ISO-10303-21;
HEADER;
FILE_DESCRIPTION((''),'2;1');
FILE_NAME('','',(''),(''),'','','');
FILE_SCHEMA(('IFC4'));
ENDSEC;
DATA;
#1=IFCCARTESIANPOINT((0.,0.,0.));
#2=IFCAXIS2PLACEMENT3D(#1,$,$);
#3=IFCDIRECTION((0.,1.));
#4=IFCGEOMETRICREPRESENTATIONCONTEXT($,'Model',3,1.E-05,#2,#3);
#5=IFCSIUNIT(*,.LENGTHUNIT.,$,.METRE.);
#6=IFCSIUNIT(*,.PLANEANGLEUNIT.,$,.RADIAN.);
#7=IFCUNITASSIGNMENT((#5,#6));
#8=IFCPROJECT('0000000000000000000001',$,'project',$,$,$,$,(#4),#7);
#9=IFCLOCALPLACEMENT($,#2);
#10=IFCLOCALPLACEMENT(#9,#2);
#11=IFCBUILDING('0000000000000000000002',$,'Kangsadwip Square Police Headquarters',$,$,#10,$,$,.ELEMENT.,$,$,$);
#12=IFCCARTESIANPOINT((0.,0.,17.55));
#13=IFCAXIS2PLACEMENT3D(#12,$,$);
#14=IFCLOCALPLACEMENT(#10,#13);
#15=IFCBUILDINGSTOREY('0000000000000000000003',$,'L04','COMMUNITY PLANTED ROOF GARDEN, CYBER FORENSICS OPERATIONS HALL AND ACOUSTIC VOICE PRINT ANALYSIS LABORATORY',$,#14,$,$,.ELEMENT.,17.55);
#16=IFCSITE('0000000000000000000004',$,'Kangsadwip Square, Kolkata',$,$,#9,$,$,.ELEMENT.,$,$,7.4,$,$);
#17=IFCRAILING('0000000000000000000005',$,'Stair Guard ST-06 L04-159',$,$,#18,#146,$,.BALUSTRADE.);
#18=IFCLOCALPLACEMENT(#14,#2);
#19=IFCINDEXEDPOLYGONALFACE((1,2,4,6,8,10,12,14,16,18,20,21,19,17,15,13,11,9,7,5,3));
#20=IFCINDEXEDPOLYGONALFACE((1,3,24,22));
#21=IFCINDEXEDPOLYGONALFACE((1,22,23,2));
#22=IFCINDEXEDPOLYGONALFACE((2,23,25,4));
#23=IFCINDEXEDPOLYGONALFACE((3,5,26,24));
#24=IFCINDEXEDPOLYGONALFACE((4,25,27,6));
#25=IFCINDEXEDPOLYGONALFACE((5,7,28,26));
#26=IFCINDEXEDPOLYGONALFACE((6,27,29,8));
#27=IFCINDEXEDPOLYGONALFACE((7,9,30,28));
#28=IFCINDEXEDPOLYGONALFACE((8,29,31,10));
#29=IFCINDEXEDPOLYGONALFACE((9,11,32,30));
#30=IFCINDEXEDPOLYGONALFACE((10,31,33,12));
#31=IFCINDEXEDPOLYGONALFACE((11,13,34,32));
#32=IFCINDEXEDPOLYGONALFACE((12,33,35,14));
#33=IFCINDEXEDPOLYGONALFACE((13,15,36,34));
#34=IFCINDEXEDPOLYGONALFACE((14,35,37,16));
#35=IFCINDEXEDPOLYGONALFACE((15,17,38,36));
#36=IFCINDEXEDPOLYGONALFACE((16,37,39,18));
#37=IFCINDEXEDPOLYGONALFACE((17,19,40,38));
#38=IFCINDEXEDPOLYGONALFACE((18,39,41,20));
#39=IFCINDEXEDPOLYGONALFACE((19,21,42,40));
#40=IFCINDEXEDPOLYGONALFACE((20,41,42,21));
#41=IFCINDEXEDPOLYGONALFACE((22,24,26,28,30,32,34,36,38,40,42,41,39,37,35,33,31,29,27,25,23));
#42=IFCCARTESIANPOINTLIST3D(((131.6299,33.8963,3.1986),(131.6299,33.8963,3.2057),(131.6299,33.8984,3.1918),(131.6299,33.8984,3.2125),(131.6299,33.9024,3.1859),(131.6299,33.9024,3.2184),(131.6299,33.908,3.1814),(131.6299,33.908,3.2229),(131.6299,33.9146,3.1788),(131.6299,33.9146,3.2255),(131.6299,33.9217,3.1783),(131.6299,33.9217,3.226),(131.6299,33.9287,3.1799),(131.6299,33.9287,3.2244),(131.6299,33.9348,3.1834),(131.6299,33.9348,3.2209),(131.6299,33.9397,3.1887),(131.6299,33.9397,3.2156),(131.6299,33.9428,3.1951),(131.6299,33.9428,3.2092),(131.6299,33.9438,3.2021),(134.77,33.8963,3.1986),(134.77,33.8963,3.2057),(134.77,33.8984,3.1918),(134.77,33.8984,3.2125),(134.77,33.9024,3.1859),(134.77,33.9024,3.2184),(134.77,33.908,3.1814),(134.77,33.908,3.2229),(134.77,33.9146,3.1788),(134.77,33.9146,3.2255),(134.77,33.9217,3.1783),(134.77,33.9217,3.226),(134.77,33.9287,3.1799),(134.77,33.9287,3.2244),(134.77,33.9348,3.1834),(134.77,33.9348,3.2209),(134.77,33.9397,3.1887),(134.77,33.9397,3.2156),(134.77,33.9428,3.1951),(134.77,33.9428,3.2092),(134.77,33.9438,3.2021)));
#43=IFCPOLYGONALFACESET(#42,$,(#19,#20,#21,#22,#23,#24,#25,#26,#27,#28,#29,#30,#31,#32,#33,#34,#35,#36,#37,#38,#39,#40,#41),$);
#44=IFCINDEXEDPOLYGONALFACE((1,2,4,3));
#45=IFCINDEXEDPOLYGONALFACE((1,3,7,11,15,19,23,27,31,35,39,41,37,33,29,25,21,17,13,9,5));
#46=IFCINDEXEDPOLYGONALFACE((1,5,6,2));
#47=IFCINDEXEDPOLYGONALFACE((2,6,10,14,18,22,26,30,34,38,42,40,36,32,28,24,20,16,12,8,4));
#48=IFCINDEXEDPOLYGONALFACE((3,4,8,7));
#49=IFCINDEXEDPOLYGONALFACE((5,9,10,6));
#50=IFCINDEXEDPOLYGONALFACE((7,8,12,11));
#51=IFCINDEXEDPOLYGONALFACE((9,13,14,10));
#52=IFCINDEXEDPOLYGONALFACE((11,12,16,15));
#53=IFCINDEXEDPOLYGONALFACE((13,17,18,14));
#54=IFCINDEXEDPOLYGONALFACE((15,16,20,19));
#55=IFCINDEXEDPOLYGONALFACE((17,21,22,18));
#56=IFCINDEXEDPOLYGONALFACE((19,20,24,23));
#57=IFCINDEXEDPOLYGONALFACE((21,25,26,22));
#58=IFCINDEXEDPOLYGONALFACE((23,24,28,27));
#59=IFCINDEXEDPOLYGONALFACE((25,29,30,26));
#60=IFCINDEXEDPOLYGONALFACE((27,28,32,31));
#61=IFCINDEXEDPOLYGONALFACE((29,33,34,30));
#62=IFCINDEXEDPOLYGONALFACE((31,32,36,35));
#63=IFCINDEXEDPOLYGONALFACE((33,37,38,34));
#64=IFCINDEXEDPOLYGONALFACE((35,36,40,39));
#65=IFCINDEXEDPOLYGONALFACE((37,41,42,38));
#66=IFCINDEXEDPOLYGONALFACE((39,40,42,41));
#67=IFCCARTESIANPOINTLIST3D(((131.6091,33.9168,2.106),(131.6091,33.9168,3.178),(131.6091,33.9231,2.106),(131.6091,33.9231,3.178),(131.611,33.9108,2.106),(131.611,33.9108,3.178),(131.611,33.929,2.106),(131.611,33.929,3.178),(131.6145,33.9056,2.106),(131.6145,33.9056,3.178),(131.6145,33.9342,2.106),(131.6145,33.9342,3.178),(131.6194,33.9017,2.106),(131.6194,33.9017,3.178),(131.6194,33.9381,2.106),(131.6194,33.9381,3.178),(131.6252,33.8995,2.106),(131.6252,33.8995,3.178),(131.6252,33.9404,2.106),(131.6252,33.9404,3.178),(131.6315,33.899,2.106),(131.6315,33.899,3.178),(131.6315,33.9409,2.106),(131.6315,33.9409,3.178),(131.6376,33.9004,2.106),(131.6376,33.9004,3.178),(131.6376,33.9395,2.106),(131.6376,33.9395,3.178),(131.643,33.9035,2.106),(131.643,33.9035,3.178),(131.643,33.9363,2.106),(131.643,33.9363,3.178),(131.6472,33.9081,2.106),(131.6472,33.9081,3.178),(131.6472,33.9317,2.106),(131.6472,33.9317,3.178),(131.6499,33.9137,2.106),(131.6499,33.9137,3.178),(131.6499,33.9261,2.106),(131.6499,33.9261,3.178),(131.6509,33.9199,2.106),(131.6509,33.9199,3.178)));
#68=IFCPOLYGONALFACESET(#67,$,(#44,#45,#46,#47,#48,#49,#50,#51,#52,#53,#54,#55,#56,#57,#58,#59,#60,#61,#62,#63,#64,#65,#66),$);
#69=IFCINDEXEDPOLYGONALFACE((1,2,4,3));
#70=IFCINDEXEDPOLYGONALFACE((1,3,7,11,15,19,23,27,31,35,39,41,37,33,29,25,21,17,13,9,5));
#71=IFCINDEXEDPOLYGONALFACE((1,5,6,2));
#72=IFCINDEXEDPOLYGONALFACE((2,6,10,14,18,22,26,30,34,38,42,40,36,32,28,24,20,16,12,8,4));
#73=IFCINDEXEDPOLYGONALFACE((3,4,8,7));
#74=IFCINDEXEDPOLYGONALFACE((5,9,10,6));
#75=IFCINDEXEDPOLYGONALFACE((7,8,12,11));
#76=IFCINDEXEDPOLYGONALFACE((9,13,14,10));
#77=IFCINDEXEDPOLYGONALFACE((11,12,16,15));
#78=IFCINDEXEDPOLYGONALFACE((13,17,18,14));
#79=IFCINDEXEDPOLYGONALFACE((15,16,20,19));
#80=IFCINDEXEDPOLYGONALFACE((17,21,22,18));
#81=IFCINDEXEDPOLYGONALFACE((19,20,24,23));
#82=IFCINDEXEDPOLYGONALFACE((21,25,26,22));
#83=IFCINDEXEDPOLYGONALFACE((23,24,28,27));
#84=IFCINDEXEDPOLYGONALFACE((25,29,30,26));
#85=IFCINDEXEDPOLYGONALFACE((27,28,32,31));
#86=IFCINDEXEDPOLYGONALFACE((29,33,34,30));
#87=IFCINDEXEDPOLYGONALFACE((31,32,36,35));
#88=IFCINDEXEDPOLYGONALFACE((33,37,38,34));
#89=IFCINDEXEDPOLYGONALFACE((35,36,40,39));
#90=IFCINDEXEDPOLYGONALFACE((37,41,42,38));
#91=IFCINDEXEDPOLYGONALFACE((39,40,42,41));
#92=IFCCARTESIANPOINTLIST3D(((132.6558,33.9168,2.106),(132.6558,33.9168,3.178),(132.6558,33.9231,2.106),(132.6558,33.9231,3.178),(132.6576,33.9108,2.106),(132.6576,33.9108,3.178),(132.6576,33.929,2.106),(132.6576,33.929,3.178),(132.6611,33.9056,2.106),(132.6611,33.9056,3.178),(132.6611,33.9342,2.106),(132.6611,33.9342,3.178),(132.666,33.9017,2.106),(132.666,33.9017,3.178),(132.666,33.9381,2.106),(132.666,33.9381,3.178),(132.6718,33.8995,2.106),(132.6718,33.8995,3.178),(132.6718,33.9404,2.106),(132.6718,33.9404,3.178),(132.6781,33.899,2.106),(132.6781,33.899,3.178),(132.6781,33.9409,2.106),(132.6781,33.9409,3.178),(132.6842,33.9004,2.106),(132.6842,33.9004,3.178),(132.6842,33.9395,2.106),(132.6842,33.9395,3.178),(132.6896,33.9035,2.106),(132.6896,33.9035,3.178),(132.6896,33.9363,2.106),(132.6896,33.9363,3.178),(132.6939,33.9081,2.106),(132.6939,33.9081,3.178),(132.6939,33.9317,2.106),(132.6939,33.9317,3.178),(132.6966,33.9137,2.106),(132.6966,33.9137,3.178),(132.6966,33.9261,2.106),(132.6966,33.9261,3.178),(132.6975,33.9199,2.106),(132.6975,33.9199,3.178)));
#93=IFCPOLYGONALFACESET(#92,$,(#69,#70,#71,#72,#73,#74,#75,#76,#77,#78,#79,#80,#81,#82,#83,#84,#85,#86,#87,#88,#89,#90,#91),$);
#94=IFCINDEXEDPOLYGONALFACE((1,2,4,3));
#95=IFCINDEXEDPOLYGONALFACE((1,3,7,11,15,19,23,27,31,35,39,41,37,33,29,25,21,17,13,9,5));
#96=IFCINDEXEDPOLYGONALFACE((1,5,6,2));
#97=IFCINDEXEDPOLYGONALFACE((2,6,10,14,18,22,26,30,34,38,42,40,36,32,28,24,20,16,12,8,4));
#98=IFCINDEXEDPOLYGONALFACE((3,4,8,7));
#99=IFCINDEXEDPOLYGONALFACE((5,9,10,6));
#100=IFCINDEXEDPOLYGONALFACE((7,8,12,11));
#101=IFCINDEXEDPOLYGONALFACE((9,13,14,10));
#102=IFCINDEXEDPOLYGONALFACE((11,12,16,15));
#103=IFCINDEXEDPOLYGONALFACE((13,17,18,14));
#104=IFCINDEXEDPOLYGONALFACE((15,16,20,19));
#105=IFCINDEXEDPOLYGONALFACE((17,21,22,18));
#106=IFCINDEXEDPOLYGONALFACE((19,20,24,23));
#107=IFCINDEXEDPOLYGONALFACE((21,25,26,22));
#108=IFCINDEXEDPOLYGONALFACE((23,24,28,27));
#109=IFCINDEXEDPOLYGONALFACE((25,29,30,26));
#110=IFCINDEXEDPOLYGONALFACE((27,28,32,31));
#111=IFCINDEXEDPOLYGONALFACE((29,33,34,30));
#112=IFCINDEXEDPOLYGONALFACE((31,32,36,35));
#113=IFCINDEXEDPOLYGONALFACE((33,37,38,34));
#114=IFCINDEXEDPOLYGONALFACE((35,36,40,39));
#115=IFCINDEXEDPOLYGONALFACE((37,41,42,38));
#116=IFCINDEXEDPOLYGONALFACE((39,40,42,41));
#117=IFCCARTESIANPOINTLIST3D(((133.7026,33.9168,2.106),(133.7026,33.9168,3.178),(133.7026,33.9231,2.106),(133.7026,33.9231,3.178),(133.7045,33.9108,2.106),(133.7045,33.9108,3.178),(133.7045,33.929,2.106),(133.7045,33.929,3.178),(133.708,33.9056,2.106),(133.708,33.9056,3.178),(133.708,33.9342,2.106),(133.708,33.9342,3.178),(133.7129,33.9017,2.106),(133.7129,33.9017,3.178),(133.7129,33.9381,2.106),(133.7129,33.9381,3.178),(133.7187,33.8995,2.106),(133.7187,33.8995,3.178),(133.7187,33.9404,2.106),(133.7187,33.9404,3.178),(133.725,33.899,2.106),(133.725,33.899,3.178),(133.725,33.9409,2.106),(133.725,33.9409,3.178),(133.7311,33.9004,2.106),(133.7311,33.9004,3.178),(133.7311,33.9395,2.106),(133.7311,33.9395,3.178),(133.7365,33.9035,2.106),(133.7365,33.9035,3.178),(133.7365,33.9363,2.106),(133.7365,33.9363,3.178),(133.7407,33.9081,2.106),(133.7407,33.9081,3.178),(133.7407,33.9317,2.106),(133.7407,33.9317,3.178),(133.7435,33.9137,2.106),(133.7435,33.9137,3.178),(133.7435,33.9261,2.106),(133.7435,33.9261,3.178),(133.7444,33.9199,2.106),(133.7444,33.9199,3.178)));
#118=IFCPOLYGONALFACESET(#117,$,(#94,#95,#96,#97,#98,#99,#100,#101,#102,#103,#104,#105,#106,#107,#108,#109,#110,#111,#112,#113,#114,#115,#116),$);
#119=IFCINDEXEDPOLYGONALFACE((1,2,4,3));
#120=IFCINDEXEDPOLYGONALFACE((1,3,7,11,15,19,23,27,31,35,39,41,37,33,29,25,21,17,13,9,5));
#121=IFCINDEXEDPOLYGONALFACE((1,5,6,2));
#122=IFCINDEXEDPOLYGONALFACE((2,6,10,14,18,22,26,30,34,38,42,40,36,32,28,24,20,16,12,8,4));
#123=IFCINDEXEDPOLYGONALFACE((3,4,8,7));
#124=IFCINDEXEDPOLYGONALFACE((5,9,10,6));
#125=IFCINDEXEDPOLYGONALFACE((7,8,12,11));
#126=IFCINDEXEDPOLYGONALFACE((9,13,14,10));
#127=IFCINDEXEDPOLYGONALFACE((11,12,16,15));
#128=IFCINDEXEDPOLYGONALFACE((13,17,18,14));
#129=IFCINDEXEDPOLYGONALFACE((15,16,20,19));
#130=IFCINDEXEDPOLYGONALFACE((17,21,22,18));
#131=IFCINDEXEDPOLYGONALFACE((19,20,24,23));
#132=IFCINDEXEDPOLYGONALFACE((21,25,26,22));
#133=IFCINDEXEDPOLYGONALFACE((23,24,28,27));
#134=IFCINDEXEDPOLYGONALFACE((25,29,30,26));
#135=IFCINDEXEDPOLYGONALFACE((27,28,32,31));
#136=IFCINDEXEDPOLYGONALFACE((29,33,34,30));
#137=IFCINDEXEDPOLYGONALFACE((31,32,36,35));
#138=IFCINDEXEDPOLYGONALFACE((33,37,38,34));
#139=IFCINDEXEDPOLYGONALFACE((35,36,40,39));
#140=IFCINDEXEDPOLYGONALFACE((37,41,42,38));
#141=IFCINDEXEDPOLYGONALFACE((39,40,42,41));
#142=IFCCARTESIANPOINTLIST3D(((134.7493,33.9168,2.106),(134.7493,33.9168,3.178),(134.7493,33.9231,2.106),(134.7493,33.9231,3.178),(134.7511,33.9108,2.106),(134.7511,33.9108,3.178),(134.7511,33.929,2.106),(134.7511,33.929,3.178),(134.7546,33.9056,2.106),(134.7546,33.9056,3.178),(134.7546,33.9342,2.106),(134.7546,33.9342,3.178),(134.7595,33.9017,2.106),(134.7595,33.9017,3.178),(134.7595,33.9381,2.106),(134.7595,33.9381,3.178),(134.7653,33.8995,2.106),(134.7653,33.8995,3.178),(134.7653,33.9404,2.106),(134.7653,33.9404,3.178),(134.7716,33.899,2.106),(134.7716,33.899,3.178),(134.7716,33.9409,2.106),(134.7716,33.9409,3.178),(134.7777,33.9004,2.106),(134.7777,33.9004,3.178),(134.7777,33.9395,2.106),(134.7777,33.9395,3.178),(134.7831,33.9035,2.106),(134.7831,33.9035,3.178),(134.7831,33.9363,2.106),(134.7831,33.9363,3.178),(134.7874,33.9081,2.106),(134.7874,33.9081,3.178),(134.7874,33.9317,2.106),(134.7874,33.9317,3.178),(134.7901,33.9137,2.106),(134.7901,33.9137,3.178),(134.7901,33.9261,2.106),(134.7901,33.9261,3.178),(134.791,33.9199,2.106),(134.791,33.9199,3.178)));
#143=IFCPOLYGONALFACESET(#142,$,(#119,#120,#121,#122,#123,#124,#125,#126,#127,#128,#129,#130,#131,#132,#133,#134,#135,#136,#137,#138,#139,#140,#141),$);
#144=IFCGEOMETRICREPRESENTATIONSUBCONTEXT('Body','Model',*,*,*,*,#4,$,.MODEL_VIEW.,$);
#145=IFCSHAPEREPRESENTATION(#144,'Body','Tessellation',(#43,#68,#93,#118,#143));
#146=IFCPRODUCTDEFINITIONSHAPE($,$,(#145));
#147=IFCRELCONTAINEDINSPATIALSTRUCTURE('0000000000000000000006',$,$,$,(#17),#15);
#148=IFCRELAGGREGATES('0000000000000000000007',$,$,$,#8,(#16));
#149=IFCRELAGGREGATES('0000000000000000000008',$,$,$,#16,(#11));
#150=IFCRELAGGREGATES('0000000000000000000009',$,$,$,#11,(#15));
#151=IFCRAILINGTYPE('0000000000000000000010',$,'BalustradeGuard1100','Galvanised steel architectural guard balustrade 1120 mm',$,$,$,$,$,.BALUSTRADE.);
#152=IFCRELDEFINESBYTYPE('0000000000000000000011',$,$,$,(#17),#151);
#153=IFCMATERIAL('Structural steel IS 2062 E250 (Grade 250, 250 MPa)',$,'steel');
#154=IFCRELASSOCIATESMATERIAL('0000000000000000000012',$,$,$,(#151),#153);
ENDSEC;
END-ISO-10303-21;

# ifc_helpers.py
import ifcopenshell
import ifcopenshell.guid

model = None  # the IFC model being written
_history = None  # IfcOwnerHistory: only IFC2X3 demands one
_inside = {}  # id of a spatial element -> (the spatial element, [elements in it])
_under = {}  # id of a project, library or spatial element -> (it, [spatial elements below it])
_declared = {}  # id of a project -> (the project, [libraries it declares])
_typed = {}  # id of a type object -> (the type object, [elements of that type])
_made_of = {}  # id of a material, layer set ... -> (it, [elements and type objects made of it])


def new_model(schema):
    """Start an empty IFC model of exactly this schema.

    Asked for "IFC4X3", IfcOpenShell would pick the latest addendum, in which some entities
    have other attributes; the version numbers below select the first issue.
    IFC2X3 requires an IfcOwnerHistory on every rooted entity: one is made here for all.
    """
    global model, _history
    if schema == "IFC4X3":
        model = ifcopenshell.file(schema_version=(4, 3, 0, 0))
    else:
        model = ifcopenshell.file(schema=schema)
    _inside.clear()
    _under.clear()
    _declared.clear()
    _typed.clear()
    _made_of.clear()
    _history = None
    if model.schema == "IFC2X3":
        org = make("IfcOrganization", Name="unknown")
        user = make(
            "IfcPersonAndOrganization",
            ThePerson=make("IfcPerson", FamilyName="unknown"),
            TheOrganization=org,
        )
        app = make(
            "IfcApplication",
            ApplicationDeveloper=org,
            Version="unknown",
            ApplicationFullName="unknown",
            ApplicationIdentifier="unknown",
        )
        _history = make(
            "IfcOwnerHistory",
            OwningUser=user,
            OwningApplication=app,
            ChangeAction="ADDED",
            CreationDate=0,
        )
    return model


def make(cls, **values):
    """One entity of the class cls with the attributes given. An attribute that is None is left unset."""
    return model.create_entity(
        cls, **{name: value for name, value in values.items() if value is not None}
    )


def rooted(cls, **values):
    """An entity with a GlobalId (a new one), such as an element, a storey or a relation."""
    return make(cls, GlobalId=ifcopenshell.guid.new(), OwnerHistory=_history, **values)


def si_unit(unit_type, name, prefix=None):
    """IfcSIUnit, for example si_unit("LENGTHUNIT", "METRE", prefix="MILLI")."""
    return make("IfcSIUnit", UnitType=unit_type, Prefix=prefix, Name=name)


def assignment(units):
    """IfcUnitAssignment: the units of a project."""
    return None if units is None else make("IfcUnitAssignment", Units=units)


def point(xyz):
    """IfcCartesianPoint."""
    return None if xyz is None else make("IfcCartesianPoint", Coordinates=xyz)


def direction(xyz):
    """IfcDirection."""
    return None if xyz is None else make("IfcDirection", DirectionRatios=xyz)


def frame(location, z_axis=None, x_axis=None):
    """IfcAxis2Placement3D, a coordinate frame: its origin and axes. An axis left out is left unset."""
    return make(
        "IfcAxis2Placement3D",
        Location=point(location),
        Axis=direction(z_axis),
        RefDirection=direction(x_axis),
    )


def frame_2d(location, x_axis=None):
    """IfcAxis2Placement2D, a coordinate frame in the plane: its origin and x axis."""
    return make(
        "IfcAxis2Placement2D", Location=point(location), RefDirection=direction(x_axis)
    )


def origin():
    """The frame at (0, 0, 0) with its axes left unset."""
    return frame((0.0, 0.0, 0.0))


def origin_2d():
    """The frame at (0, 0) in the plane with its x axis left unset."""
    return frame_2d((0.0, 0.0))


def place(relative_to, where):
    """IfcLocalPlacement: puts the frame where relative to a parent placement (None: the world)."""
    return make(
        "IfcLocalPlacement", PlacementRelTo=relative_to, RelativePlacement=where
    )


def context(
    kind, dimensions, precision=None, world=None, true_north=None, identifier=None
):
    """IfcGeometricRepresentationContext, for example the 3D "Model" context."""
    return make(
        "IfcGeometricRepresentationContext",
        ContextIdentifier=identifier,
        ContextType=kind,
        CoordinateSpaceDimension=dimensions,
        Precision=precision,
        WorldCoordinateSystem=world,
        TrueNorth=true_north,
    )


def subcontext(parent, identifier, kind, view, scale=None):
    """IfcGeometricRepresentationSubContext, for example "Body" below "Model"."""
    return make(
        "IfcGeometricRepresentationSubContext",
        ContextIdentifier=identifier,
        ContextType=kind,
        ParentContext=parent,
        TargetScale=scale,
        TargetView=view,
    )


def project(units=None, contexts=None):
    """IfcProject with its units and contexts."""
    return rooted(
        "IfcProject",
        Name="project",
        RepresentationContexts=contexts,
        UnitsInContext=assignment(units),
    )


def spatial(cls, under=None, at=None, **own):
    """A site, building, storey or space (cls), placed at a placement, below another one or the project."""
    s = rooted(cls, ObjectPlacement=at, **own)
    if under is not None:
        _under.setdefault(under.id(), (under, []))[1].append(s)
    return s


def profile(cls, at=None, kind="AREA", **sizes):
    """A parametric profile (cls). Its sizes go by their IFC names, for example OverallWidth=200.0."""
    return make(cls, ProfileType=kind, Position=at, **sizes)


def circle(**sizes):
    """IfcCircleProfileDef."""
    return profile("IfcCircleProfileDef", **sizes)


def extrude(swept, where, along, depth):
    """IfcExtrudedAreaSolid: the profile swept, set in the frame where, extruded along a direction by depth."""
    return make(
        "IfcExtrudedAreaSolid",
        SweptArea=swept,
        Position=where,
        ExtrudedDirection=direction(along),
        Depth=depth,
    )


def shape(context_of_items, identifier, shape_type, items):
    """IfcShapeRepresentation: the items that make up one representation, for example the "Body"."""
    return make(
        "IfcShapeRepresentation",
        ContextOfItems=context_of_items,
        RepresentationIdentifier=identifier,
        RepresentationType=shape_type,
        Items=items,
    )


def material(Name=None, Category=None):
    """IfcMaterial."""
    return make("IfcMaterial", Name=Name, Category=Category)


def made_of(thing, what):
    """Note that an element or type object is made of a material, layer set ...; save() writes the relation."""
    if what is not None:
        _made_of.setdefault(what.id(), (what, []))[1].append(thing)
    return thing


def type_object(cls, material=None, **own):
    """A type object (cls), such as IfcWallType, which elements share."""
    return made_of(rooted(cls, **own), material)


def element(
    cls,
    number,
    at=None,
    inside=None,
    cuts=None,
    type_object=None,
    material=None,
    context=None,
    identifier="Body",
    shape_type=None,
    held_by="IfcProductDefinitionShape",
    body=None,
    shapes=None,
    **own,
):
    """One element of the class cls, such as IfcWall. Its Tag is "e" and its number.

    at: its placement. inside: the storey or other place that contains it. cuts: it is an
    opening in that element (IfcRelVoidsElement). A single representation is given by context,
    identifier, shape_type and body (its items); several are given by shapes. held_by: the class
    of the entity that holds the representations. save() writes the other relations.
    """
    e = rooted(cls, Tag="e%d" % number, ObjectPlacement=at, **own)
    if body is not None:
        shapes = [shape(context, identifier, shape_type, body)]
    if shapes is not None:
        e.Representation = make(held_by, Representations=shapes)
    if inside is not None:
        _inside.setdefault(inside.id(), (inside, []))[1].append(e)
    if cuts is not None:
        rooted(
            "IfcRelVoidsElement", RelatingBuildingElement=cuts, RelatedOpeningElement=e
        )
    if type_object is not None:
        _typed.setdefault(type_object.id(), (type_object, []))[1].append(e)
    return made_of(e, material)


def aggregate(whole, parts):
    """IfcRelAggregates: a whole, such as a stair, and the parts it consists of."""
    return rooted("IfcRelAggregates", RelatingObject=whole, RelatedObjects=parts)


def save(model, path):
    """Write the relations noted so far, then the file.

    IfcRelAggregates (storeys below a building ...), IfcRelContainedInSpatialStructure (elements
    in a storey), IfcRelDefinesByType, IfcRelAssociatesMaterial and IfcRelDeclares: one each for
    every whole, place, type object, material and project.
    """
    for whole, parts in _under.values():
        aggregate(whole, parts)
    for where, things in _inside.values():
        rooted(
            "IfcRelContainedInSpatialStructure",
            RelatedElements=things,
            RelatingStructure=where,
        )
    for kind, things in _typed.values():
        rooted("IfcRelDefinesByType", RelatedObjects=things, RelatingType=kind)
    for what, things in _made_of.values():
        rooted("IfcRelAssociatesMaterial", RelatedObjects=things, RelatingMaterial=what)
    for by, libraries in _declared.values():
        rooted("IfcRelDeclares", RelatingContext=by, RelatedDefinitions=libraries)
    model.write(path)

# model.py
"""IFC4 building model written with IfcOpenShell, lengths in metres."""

from ifc_helpers import new_model, si_unit, direction, frame, origin, origin_2d, place, context, subcontext, project, spatial, circle, extrude, material, type_object, element, save


model = new_model("IFC4")

# Units and contexts
model_context = context("Model", 3, precision=1e-05, world=origin(), true_north=direction((0.0, 1.0)))
body_context = subcontext(model_context, "Body", "Model", "MODEL_VIEW")
ifc_project = project(units=[si_unit("LENGTHUNIT", "METRE"), si_unit("PLANEANGLEUNIT", "RADIAN")], contexts=[model_context])

# Site, building, storey
site_placement = place(None, origin())
site = spatial("IfcSite", under=ifc_project, at=site_placement, Name="Kangsadwip Square, Kolkata", CompositionType="ELEMENT", RefElevation=7.4)
building_placement = place(site_placement, origin())
building = spatial("IfcBuilding", under=site, at=building_placement, Name="Kangsadwip Square Police Headquarters", CompositionType="ELEMENT")
storey_placement = place(building_placement, frame((0.0, 0.0, 17.55)))
storey = spatial("IfcBuildingStorey", under=building, at=storey_placement, Name="L04", Description="COMMUNITY PLANTED ROOF GARDEN, CYBER FORENSICS OPERATIONS HALL AND ACOUSTIC VOICE PRINT ANALYSIS LABORATORY", CompositionType="ELEMENT", Elevation=17.55)

# Railing
ifc_material_1 = material(Name="Structural steel IS 2062 E250 (Grade 250, 250 MPa)", Category="steel")
railing_type_1 = type_object("IfcRailingType", Name="BalustradeGuard1100", Description="Galvanised steel architectural guard balustrade 1120 mm", PredefinedType="BALUSTRADE", material=ifc_material_1)
for number, where, name in (
    (1, (131.6299, 33.9199, 2.106), "Stair Guard ST-06 L04-159"),
):
    element("IfcRailing", number, at=place(storey_placement, frame(where)), inside=storey, type_object=railing_type_1, Name=name, PredefinedType="BALUSTRADE", context=body_context, shape_type="SweptSolid", body=[
        extrude(circle(Radius=0.0239, at=origin_2d()), frame((0.0, 0.0, 1.0962), z_axis=(1.0, 0.0, 0.0), x_axis=(0.0, 1.0, 0.0)), (0.0, 0.0, 1.0), 3.1401),
        extrude(circle(Radius=0.021, at=origin_2d()), origin(), (0.0, 0.0, 1.0), 1.072),
        extrude(circle(Radius=0.021, at=origin_2d()), frame((1.0466, 0.0, 0.0)), (0.0, 0.0, 1.0), 1.072),
        extrude(circle(Radius=0.021, at=origin_2d()), frame((2.0935, 0.0, 0.0)), (0.0, 0.0, 1.0), 1.072),
        extrude(circle(Radius=0.021, at=origin_2d()), frame((3.1401, 0.0, 0.0)), (0.0, 0.0, 1.0), 1.072),
    ])

save(model, "model.ifc")
